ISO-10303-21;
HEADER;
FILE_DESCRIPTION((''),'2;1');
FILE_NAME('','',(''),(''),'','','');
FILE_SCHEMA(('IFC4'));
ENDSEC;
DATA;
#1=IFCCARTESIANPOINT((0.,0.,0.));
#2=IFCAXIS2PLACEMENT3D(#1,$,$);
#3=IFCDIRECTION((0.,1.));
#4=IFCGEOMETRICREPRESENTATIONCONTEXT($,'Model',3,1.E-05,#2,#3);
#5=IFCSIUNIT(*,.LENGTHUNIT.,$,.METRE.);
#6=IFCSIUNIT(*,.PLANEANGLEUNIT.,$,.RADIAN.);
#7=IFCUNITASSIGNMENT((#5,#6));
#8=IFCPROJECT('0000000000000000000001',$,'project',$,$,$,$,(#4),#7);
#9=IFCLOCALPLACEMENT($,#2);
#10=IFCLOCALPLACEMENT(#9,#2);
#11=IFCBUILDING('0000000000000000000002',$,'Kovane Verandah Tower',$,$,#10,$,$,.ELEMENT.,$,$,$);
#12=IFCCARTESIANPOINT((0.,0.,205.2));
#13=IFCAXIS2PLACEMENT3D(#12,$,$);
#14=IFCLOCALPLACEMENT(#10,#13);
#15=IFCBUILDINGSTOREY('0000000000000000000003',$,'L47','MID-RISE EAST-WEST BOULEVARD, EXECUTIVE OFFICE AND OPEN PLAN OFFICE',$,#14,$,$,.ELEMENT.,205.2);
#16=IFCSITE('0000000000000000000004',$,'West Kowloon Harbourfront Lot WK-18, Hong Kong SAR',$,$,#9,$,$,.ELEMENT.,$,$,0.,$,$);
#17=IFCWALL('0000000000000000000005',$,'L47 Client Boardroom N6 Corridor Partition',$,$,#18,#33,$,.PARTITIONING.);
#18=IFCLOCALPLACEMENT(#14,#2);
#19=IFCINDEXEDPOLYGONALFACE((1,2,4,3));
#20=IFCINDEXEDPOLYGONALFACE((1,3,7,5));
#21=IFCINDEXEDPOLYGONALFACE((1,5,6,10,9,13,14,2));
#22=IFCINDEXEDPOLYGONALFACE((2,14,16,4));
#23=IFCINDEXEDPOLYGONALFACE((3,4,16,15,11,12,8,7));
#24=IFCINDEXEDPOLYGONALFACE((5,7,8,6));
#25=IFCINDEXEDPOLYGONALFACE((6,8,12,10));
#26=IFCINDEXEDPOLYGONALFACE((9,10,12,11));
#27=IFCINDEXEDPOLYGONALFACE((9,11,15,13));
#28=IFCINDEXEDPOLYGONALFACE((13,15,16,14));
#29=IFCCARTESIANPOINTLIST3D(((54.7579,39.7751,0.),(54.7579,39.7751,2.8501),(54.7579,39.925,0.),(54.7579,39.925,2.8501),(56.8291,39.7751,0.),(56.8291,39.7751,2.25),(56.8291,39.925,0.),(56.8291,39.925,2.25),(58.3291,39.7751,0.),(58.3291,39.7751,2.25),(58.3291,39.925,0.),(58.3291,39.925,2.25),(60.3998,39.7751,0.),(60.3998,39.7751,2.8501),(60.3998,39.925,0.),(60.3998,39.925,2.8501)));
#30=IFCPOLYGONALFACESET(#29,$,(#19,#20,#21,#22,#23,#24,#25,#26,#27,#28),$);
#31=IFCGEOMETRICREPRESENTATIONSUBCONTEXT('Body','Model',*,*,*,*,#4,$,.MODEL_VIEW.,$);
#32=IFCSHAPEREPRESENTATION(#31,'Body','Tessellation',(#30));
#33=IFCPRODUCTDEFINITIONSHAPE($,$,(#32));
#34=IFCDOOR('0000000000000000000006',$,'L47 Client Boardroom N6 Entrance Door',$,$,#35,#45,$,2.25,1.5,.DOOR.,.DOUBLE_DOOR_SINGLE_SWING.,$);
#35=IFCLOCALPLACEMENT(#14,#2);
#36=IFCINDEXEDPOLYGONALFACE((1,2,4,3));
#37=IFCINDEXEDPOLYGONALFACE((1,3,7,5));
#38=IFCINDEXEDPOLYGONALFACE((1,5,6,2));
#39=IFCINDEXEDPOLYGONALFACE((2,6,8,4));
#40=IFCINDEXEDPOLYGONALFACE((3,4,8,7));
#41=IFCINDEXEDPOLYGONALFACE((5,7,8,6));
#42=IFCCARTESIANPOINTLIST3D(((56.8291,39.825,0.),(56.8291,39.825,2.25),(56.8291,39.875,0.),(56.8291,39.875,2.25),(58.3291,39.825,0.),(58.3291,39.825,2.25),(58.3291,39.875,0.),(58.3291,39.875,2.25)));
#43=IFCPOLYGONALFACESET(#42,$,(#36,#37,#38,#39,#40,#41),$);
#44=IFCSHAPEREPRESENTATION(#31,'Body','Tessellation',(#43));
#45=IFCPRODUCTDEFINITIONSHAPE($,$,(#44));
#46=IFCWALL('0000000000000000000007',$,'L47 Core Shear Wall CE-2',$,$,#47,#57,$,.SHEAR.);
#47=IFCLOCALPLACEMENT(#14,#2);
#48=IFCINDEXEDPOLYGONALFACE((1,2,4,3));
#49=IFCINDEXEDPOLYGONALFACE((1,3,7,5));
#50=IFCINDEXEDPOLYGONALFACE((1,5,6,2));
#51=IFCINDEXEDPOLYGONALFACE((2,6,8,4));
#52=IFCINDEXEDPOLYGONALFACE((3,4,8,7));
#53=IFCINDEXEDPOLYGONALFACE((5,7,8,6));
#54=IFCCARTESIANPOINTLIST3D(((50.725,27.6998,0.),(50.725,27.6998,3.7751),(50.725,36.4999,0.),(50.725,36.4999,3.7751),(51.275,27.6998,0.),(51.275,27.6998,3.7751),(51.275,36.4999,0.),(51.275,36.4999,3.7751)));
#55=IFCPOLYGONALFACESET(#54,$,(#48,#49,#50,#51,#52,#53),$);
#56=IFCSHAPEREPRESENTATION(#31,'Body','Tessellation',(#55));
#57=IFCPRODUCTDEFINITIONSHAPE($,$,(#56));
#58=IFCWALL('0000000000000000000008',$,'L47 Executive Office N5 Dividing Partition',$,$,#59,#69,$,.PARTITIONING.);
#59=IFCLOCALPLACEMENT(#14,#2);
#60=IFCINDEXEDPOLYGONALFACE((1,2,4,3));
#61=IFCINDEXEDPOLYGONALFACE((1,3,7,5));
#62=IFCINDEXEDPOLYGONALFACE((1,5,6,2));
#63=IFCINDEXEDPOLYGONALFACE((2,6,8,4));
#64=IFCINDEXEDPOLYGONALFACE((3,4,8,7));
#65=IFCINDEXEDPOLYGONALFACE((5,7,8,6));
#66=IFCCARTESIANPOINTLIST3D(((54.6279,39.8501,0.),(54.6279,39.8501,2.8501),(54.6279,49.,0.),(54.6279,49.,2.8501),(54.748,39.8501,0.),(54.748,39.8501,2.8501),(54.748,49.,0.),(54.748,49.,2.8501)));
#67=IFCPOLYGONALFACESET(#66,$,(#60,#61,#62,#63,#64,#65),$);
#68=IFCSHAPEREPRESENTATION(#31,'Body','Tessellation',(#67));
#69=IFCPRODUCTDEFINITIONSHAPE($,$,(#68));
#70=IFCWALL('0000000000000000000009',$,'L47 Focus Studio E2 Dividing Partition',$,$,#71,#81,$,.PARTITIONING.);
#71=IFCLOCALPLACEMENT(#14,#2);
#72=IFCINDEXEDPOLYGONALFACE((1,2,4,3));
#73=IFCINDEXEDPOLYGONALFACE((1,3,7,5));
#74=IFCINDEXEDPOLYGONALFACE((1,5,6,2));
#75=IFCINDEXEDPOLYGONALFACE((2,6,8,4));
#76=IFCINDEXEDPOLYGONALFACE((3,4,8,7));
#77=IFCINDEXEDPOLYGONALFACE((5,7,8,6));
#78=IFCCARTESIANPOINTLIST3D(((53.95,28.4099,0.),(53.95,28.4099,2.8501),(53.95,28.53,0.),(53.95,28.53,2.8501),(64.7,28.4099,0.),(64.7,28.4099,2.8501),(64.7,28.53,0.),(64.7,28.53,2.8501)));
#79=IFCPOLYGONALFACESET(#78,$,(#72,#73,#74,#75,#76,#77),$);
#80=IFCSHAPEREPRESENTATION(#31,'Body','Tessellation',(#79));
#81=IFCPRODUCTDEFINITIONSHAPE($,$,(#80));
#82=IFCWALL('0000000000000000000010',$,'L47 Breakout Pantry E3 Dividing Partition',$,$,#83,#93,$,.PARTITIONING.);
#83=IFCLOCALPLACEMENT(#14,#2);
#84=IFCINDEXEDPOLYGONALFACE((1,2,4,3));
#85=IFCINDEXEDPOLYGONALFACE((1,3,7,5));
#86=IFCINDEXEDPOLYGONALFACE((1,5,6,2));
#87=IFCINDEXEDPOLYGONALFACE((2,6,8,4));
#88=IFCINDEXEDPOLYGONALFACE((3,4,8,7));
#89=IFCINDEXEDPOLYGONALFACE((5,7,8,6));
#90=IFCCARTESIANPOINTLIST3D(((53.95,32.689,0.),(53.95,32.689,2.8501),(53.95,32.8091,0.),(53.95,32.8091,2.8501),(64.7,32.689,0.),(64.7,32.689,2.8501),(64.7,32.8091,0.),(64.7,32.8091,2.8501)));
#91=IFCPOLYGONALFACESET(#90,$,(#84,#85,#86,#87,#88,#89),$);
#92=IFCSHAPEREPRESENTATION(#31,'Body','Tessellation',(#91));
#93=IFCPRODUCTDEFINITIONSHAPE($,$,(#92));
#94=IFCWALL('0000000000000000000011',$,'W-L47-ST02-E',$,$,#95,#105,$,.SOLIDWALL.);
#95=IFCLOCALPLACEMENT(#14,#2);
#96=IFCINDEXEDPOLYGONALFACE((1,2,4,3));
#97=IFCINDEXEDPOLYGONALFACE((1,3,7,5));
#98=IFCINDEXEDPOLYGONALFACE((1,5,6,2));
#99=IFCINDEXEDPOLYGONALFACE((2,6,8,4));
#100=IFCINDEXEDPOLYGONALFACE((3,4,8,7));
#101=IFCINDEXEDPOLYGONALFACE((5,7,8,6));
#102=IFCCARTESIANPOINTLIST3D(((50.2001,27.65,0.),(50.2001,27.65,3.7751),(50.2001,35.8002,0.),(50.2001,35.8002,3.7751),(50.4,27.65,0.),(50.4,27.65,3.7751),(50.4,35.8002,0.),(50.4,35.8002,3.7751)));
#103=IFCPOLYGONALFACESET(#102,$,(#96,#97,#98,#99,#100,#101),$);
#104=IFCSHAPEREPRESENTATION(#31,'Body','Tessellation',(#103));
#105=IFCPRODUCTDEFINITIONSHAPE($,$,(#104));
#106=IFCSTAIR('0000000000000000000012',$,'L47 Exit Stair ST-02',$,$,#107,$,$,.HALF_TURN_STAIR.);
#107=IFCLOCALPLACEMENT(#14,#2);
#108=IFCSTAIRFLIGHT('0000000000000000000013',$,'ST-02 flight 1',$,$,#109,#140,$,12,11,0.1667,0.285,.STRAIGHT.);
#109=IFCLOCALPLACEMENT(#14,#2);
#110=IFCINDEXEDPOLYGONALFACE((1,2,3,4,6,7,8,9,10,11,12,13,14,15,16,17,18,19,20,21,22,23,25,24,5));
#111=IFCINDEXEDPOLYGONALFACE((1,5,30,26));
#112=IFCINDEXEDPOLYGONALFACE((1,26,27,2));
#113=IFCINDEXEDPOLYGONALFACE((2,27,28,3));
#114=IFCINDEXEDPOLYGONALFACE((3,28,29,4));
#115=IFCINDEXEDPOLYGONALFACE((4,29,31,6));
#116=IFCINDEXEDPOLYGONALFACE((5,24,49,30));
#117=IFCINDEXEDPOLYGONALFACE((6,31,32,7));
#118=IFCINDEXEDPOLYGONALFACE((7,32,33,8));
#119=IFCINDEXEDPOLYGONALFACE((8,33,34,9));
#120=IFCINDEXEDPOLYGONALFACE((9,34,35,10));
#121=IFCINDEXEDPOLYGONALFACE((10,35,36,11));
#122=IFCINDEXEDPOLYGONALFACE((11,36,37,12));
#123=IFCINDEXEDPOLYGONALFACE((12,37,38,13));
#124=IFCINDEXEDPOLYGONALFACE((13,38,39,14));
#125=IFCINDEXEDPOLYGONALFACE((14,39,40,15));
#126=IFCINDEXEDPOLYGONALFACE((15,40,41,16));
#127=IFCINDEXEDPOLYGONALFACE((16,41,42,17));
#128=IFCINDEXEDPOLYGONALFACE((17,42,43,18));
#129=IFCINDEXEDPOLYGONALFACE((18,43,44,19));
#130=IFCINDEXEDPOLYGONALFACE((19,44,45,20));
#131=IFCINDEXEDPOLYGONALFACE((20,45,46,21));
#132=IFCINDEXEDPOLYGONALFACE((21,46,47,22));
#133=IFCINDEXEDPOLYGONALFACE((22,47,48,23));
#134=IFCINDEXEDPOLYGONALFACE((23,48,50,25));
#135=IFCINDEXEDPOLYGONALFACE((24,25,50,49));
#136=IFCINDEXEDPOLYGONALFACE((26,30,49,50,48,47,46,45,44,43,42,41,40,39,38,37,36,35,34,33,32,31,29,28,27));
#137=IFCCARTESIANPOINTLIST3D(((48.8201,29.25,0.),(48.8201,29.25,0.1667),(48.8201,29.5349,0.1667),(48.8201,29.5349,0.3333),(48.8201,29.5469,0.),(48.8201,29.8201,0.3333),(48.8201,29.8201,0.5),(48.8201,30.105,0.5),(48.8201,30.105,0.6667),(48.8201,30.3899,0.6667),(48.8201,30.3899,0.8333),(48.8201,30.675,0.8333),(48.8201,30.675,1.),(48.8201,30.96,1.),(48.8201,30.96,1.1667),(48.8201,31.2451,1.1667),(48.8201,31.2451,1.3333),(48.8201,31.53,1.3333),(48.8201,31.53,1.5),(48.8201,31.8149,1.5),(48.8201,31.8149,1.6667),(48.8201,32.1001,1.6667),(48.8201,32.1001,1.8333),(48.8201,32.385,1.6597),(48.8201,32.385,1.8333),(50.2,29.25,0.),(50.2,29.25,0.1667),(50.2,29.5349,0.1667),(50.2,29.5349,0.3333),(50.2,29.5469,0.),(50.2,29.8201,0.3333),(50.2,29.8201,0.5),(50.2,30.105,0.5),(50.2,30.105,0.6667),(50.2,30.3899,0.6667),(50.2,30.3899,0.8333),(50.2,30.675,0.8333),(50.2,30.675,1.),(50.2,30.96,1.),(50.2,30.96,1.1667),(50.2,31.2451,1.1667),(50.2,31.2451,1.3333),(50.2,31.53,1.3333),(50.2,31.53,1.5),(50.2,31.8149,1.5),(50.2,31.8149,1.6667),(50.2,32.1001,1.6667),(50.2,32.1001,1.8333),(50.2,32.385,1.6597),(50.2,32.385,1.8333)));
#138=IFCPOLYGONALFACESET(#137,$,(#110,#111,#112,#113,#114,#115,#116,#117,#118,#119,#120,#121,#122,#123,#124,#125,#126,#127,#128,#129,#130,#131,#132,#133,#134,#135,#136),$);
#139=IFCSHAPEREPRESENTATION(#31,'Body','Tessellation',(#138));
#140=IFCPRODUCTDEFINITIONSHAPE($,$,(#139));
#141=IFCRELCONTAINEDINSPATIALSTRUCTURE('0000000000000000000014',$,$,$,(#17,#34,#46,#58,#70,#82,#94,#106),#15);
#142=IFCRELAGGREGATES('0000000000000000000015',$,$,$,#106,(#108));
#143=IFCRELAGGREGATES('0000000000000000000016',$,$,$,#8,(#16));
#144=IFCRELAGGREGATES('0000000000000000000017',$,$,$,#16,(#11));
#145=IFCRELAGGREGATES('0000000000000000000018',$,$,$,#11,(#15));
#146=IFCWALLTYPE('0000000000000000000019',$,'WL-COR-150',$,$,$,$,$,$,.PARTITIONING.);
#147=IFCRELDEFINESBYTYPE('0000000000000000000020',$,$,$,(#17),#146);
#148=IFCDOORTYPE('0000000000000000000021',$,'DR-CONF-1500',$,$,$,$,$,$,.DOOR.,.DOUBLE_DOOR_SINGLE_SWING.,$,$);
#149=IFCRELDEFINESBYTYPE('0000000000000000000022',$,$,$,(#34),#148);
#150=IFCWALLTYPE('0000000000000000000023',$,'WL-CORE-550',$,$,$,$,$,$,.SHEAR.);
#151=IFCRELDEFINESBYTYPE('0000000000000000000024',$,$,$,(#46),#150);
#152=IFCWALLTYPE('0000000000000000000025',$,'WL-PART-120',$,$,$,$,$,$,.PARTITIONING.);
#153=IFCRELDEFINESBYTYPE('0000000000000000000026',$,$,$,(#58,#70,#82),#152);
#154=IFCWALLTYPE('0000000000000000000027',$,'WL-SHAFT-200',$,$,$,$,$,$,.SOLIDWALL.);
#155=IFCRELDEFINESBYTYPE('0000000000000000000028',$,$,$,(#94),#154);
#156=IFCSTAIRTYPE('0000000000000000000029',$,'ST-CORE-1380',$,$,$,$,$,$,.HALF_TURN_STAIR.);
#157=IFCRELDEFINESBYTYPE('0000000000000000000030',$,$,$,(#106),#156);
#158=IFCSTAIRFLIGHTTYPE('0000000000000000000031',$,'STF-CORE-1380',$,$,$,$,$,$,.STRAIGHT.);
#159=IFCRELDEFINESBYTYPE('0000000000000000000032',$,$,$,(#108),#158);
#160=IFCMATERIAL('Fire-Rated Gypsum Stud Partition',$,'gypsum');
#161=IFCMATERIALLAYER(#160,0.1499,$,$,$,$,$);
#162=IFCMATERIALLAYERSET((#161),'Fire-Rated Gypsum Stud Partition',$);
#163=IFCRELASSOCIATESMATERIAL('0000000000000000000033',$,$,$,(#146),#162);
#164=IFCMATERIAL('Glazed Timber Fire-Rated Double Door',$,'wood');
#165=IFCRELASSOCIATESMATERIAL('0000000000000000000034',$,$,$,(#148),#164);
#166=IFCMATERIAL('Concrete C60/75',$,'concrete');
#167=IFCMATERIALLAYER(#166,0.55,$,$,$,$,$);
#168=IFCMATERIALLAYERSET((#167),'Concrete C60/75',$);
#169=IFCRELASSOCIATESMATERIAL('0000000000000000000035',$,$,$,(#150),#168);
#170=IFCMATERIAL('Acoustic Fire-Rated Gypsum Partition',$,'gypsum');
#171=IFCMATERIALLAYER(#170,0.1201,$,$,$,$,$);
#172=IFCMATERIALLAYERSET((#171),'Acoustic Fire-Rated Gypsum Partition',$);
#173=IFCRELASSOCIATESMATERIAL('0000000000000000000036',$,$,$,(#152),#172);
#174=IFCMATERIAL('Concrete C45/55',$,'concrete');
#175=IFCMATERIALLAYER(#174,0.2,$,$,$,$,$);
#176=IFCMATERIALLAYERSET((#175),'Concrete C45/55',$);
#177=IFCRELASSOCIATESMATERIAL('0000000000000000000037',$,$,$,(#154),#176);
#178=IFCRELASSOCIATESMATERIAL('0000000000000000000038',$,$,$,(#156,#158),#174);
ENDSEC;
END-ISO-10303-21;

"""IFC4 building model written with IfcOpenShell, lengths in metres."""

from ifc_helpers import new_model, si_unit, direction, frame, frame_2d, origin, place, context, subcontext, project, spatial, polyline, rectangle, outline, extrude, material, layer, layer_set, type_object, element, fill, aggregate, save


model = new_model("IFC4")

# Units and contexts
model_context = context("Model", 3, precision=1e-05, world=origin(), true_north=direction((0.0, 1.0)))
body_context = subcontext(model_context, "Body", "Model", "MODEL_VIEW")
ifc_project = project(units=[si_unit("LENGTHUNIT", "METRE"), si_unit("PLANEANGLEUNIT", "RADIAN")], contexts=[model_context])

# Site, building, storey
site_placement = place(None, origin())
site = spatial("IfcSite", under=ifc_project, at=site_placement, Name="West Kowloon Harbourfront Lot WK-18, Hong Kong SAR", CompositionType="ELEMENT", RefElevation=0.0)
building_placement = place(site_placement, origin())
building = spatial("IfcBuilding", under=site, at=building_placement, Name="Kovane Verandah Tower", CompositionType="ELEMENT")
storey_placement = place(building_placement, frame((0.0, 0.0, 205.2)))
storey = spatial("IfcBuildingStorey", under=building, at=storey_placement, Name="L47", Description="MID-RISE EAST-WEST BOULEVARD, EXECUTIVE OFFICE AND OPEN PLAN OFFICE", CompositionType="ELEMENT", Elevation=205.2)

# Shared definitions
ifc_material_1 = material(Name="Concrete C60/75", Category="concrete")

# Wall, opening, door
ifc_material_2 = material(Name="Fire-Rated Gypsum Stud Partition", Category="gypsum")
ifc_layer_1 = layer(ifc_material_2, 0.1499)
ifc_layer_set_1 = layer_set([ifc_layer_1], Name="Fire-Rated Gypsum Stud Partition")
wall_type_1 = type_object("IfcWallType", Name="WL-COR-150", PredefinedType="PARTITIONING", material=ifc_layer_set_1)
wall_1_placement = place(storey_placement, frame((54.7581, 39.8501, 0.0), z_axis=(0.0, 0.0, 1.0), x_axis=(1.0, 0.0, 0.0)))
wall_1 = element("IfcWall", 1, at=wall_1_placement, inside=storey, type_object=wall_type_1, Name="L47 Client Boardroom N6 Corridor Partition", PredefinedType="PARTITIONING", context=body_context, shape_type="SweptSolid", body=[
    extrude(rectangle(XDim=5.6418, YDim=0.1499, at=frame_2d((2.8208, 0.0))), origin(), (0.0, 0.0, 1.0), 2.8501),
])
opening_1_placement = place(wall_1_placement, frame((2.071, 0.0, 0.0)))
opening_1 = element("IfcOpeningElement", 2, at=opening_1_placement, cuts=wall_1, PredefinedType="OPENING", context=body_context, shape_type="SweptSolid", body=[
    extrude(rectangle(XDim=1.5, YDim=2.25, at=frame_2d((0.75, 1.125))), frame((0.0, 0.075, 0.0), z_axis=(0.0, -1.0, 0.0), x_axis=(1.0, 0.0, 0.0)), (0.0, 0.0, 1.0), 0.1499),
])
ifc_material_3 = material(Name="Glazed Timber Fire-Rated Double Door", Category="wood")
door_type_1 = type_object("IfcDoorType", Name="DR-CONF-1500", OperationType="DOUBLE_DOOR_SINGLE_SWING", PredefinedType="DOOR", material=ifc_material_3)
door_1_placement = place(opening_1_placement, origin())
door_1 = element("IfcDoor", 3, at=door_1_placement, inside=storey, type_object=door_type_1, Name="L47 Client Boardroom N6 Entrance Door", OperationType="DOUBLE_DOOR_SINGLE_SWING", OverallHeight=2.25, OverallWidth=1.5, PredefinedType="DOOR", context=body_context, shape_type="SweptSolid", body=[
    extrude(rectangle(XDim=1.5, YDim=2.25, at=frame_2d((0.75, 1.125))), frame((0.0, 0.0249, 0.0), z_axis=(0.0, -1.0, 0.0), x_axis=(1.0, 0.0, 0.0)), (0.0, 0.0, 1.0), 0.05),
])
fill(opening_1, door_1)

# Walls
ifc_layer_2 = layer(ifc_material_1, 0.55)
ifc_layer_set_2 = layer_set([ifc_layer_2], Name="Concrete C60/75")
wall_type_2 = type_object("IfcWallType", Name="WL-CORE-550", PredefinedType="SHEAR", material=ifc_layer_set_2)
wall_2_placement = place(storey_placement, frame((51.0, 27.7, 0.0), z_axis=(0.0, 0.0, 1.0), x_axis=(0.0, 1.0, 0.0)))
element("IfcWall", 4, at=wall_2_placement, inside=storey, type_object=wall_type_2, Name="L47 Core Shear Wall CE-2", PredefinedType="SHEAR", context=body_context, shape_type="SweptSolid", body=[
    extrude(rectangle(XDim=8.8, YDim=0.55, at=frame_2d((4.3999, 0.0))), origin(), (0.0, 0.0, 1.0), 3.7751),
])
ifc_material_4 = material(Name="Acoustic Fire-Rated Gypsum Partition", Category="gypsum")
ifc_layer_3 = layer(ifc_material_4, 0.1201)
ifc_layer_set_3 = layer_set([ifc_layer_3], Name="Acoustic Fire-Rated Gypsum Partition")
wall_type_3 = type_object("IfcWallType", Name="WL-PART-120", PredefinedType="PARTITIONING", material=ifc_layer_set_3)
wall_3_placement = place(storey_placement, frame((54.688, 39.8501, 0.0), z_axis=(0.0, 0.0, 1.0), x_axis=(0.0, 1.0, 0.0)))
element("IfcWall", 5, at=wall_3_placement, inside=storey, type_object=wall_type_3, Name="L47 Executive Office N5 Dividing Partition", PredefinedType="PARTITIONING", context=body_context, shape_type="SweptSolid", body=[
    extrude(rectangle(XDim=9.1499, YDim=0.1201, at=frame_2d((4.575, 0.0))), origin(), (0.0, 0.0, 1.0), 2.8501),
])
for number, where, z_axis, x_axis, name in (
    (6, (53.95, 28.47, 0.0), (0.0, 0.0, 1.0), (1.0, 0.0, 0.0), "L47 Focus Studio E2 Dividing Partition"),
    (7, (53.95, 32.749, 0.0), (0.0, 0.0, 1.0), (1.0, 0.0, 0.0), "L47 Breakout Pantry E3 Dividing Partition"),
):
    element("IfcWall", number, at=place(storey_placement, frame(where, z_axis=z_axis, x_axis=x_axis)), inside=storey, type_object=wall_type_3, Name=name, PredefinedType="PARTITIONING", context=body_context, shape_type="SweptSolid", body=[
        extrude(rectangle(XDim=10.75, YDim=0.1201, at=frame_2d((5.375, 0.0))), origin(), (0.0, 0.0, 1.0), 2.8501),
    ])
ifc_material_5 = material(Name="Concrete C45/55", Category="concrete")
ifc_layer_4 = layer(ifc_material_5, 0.2)
ifc_layer_set_4 = layer_set([ifc_layer_4], Name="Concrete C45/55")
wall_type_4 = type_object("IfcWallType", Name="WL-SHAFT-200", PredefinedType="SOLIDWALL", material=ifc_layer_set_4)
wall_4_placement = place(storey_placement, frame((50.3, 27.6499, 0.0), z_axis=(0.0, 0.0, 1.0), x_axis=(0.0, 1.0, 0.0)))
element("IfcWall", 8, at=wall_4_placement, inside=storey, type_object=wall_type_4, Name="W-L47-ST02-E", PredefinedType="SOLIDWALL", context=body_context, shape_type="SweptSolid", body=[
    extrude(rectangle(XDim=8.1501, YDim=0.2, at=frame_2d((4.0752, 0.0))), origin(), (0.0, 0.0, 1.0), 3.7751),
])

# Stair, stair flight
stair_type = type_object("IfcStairType", Name="ST-CORE-1380", PredefinedType="HALF_TURN_STAIR", material=ifc_material_5)
stair_placement = place(storey_placement, origin())
stair = element("IfcStair", 9, at=stair_placement, inside=storey, type_object=stair_type, Name="L47 Exit Stair ST-02", PredefinedType="HALF_TURN_STAIR")
stair_flight_type = type_object("IfcStairFlightType", Name="STF-CORE-1380", PredefinedType="STRAIGHT", material=ifc_material_5)
stair_flight_placement = place(storey_placement, frame((49.51, 29.25, 0.0), z_axis=(0.0, 0.0, 1.0), x_axis=(0.0, 1.0, 0.0)))
stair_flight = element("IfcStairFlight", 10, at=stair_flight_placement, type_object=stair_flight_type, Name="ST-02 flight 1", NumberOfRisers=12, NumberOfTreads=11, PredefinedType="STRAIGHT", RiserHeight=0.1667, TreadLength=0.285, context=body_context, shape_type="SweptSolid", body=[
    extrude(outline(polyline([(0.0, 0.0), (0.0, 0.1667), (0.2849, 0.1667), (0.2849, 0.3333), (0.5701, 0.3333), (0.5701, 0.5), (0.855, 0.5), (0.855, 0.6667), (1.1399, 0.6667), (1.1399, 0.8333), (1.425, 0.8333), (1.425, 1.0), (1.71, 1.0), (1.71, 1.1667), (1.9951, 1.1667), (1.9951, 1.3333), (2.28, 1.3333), (2.28, 1.5), (2.5649, 1.5), (2.5649, 1.6667), (2.8501, 1.6667), (2.8501, 1.8333), (3.135, 1.8333), (3.135, 2.0), (3.135, 1.6597), (0.2969, 0.0), (0.0, 0.0)])), frame((0.0, 0.6899, 0.0), z_axis=(0.0, -1.0, 0.0), x_axis=(1.0, 0.0, 0.0)), (0.0, 0.0, 1.0), 1.3799),
])
aggregate(stair, [stair_flight])

save(model, "model.ifc")
